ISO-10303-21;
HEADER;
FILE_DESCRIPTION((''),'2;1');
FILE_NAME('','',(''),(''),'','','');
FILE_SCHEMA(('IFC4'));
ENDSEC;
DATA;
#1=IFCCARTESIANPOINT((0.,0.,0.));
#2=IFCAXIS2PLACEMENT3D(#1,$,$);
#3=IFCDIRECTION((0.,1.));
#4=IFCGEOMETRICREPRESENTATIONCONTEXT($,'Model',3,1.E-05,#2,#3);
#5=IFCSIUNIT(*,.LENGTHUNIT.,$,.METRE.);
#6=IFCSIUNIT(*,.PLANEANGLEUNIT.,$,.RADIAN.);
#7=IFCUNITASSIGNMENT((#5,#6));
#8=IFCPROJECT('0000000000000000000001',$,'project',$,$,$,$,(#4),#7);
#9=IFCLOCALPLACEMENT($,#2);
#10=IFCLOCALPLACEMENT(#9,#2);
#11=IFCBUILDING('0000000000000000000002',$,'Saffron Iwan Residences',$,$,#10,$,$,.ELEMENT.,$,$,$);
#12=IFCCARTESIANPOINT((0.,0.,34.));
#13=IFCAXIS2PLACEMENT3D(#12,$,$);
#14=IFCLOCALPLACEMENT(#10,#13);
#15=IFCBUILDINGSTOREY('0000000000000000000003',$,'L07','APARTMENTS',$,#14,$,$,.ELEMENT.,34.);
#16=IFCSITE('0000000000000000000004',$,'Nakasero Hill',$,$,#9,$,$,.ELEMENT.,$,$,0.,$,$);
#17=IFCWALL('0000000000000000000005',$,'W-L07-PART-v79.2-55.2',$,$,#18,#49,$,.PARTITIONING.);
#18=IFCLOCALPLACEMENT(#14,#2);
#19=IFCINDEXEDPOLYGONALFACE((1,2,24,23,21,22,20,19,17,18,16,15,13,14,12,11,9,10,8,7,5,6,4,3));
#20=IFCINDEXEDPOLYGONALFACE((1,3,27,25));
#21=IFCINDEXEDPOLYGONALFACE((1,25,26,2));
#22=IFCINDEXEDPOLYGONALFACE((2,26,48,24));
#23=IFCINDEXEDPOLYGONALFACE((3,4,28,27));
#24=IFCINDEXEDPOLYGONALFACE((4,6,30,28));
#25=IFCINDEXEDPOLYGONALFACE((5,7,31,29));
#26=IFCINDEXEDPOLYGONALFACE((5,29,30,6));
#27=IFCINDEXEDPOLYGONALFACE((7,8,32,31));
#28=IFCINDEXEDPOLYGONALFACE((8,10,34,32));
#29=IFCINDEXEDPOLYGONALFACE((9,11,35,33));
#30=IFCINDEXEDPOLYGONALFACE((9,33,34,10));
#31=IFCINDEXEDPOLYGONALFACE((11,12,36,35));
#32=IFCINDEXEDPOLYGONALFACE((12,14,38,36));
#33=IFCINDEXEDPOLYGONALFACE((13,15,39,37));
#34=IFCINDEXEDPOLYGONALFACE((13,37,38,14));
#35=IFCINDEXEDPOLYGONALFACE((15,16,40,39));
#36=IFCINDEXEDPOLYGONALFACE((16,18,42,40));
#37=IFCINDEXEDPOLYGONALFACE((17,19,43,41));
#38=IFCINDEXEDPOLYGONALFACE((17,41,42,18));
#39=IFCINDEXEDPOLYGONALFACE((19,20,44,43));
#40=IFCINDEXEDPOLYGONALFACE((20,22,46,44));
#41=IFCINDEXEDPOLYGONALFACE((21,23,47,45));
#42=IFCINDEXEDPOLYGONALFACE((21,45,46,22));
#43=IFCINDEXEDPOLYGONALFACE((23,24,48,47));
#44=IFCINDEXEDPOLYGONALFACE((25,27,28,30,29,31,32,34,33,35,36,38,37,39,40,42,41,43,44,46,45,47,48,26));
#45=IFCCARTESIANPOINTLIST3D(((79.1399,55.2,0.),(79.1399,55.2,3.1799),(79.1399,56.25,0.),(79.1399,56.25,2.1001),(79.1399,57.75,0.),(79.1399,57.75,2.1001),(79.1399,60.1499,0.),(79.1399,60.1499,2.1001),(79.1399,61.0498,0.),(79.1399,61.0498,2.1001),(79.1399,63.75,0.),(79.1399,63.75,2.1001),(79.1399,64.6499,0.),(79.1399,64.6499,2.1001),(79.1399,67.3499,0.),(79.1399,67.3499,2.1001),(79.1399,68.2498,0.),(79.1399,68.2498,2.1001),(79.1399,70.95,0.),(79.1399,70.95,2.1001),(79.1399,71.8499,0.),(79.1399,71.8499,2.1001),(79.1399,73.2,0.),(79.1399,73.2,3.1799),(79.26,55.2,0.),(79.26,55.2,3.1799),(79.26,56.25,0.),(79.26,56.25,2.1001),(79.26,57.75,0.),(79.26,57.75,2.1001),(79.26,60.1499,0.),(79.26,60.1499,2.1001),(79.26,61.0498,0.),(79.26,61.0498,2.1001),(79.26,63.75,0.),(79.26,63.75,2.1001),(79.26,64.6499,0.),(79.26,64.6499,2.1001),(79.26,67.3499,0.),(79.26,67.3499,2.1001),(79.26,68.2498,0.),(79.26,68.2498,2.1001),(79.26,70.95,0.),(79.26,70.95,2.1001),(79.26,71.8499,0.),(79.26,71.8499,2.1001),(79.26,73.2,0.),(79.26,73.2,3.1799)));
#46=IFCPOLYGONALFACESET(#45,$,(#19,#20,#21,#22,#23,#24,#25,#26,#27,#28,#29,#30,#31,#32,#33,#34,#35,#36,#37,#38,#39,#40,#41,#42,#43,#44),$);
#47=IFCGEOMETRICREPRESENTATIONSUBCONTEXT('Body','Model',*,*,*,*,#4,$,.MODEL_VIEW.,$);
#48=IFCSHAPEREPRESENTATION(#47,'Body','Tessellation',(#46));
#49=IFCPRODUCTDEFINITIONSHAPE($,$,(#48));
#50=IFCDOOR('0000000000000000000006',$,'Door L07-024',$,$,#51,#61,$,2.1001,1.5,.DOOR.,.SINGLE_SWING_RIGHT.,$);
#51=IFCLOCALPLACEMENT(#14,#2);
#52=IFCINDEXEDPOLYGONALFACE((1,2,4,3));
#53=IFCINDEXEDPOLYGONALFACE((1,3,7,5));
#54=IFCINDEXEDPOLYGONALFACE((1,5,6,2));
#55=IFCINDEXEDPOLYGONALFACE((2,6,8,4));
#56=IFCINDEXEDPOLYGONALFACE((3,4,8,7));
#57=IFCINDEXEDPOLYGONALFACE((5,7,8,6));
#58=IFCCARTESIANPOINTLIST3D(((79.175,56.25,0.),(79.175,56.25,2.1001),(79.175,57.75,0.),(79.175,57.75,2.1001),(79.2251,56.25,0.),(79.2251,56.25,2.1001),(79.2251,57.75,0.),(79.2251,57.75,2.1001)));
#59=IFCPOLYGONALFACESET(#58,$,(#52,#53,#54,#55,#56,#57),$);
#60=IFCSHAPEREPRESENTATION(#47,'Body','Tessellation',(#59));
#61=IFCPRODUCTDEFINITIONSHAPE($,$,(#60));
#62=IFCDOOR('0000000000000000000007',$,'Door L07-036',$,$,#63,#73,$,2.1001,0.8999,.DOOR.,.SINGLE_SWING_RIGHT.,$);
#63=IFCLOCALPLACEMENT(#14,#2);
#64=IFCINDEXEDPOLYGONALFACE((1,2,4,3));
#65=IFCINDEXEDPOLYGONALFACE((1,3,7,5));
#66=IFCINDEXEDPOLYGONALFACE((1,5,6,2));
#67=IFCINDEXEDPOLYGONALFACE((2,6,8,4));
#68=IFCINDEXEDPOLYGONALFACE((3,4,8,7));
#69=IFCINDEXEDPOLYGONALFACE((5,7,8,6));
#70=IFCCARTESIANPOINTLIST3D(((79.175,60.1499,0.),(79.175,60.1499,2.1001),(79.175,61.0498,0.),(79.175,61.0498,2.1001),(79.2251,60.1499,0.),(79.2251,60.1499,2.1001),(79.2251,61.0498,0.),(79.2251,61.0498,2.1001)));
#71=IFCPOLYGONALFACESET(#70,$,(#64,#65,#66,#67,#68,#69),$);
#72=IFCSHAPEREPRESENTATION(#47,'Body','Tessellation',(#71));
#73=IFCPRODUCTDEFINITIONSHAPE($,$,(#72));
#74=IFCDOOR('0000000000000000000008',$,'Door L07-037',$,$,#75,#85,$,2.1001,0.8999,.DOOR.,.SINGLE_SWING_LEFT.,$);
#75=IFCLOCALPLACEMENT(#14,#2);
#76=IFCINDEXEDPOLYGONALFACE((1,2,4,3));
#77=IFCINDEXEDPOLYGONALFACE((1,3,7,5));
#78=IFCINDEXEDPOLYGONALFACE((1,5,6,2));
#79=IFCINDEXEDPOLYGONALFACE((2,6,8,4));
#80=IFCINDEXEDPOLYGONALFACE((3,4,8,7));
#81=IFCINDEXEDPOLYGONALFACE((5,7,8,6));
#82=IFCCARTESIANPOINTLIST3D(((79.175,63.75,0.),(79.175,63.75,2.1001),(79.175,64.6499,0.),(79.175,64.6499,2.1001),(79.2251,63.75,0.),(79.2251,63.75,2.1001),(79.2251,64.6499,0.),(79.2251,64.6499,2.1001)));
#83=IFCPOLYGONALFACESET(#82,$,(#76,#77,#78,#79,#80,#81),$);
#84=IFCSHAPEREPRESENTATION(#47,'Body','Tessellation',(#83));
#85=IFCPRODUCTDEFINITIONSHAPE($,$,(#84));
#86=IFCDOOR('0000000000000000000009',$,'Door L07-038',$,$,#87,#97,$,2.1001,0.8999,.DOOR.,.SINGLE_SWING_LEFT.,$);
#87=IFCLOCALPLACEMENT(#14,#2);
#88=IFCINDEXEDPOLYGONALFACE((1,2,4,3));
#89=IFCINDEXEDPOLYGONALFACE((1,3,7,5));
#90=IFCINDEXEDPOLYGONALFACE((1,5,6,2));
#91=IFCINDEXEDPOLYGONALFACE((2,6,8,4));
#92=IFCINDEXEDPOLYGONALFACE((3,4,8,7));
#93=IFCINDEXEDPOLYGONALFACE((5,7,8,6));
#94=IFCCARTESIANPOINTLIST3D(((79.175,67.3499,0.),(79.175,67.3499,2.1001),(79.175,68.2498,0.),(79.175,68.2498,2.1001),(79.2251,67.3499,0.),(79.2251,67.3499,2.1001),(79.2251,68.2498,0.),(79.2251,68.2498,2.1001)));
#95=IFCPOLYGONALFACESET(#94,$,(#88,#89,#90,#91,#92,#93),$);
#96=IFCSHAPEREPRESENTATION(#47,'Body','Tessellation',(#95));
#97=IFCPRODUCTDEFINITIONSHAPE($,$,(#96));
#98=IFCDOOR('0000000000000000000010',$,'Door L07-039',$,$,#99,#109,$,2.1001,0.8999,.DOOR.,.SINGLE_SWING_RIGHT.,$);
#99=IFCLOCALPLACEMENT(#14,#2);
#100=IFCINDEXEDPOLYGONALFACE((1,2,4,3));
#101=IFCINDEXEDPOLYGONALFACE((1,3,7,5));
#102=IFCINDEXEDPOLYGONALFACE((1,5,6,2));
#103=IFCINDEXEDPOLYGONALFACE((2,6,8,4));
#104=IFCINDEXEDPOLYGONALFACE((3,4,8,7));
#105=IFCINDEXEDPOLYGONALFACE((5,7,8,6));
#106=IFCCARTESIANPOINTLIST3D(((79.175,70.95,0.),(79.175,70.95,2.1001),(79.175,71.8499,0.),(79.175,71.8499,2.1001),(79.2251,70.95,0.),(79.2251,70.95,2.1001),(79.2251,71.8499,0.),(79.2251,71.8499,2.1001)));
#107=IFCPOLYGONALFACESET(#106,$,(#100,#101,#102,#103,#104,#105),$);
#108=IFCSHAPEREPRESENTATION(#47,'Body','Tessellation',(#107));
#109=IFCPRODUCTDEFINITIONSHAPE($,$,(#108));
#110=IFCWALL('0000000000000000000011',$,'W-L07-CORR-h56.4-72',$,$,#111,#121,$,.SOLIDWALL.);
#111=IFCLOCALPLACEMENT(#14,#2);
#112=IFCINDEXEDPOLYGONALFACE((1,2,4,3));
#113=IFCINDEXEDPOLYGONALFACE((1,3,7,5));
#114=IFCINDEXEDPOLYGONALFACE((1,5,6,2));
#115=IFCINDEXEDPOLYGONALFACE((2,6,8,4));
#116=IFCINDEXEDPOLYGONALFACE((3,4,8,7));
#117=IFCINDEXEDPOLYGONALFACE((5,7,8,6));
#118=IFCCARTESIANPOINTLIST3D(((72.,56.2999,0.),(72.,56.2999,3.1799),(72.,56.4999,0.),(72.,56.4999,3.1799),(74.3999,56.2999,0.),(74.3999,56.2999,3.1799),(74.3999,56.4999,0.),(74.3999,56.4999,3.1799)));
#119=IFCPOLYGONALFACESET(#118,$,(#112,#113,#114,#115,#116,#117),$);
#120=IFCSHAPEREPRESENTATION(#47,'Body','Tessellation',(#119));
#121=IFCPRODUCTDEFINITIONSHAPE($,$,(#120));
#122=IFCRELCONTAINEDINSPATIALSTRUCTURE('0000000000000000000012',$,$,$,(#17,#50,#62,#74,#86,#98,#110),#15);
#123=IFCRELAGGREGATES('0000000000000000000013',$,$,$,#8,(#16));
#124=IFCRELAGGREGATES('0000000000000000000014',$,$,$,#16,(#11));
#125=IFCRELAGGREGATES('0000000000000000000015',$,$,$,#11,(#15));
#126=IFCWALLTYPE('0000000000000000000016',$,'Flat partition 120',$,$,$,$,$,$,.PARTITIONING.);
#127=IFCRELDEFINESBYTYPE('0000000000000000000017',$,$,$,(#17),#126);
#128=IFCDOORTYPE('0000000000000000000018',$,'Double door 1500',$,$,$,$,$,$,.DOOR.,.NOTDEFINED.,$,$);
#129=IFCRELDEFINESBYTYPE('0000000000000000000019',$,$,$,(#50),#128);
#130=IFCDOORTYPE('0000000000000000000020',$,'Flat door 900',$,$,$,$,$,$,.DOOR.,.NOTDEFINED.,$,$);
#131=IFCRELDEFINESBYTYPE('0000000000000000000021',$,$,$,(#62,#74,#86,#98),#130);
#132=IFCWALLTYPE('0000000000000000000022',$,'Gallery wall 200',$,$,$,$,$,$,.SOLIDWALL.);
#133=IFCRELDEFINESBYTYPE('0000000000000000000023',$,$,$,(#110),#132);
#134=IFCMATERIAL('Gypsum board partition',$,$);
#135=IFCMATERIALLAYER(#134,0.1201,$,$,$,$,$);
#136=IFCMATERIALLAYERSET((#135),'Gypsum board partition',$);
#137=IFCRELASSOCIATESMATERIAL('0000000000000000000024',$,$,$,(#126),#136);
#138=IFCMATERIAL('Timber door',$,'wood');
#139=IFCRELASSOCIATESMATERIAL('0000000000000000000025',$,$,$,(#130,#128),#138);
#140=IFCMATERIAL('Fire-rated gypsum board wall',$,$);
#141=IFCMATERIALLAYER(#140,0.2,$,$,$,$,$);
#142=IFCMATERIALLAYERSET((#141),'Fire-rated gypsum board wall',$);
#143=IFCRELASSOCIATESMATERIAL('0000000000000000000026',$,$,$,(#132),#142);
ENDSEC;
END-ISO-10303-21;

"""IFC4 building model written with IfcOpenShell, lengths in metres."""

from ifc_helpers import new_model, si_unit, direction, frame, frame_2d, origin, place, context, subcontext, project, spatial, rectangle, extrude, material, layer, layer_set, type_object, element, fill, save


model = new_model("IFC4")

# Units and contexts
model_context = context("Model", 3, precision=1e-05, world=origin(), true_north=direction((0.0, 1.0)))
body_context = subcontext(model_context, "Body", "Model", "MODEL_VIEW")
ifc_project = project(units=[si_unit("LENGTHUNIT", "METRE"), si_unit("PLANEANGLEUNIT", "RADIAN")], contexts=[model_context])

# Site, building, storey
site_placement = place(None, origin())
site = spatial("IfcSite", under=ifc_project, at=site_placement, Name="Nakasero Hill", CompositionType="ELEMENT", RefElevation=0.0)
building_placement = place(site_placement, origin())
building = spatial("IfcBuilding", under=site, at=building_placement, Name="Saffron Iwan Residences", CompositionType="ELEMENT")
storey_placement = place(building_placement, frame((0.0, 0.0, 34.0)))
storey = spatial("IfcBuildingStorey", under=building, at=storey_placement, Name="L07", Description="APARTMENTS", CompositionType="ELEMENT", Elevation=34.0)

# Shared definitions
ifc_material_1 = material(Name="Fire-rated gypsum board wall")
ifc_material_2 = material(Name="Gypsum board partition")
ifc_layer_1 = layer(ifc_material_2, 0.1201)
ifc_layer_set_1 = layer_set([ifc_layer_1], Name="Gypsum board partition")
wall_type_1 = type_object("IfcWallType", Name="Flat partition 120", PredefinedType="PARTITIONING", material=ifc_layer_set_1)

# Wall, openings, doors
ifc_material_3 = material(Name="Timber door", Category="wood")
door_type_1 = type_object("IfcDoorType", Name="Flat door 900", OperationType="NOTDEFINED", PredefinedType="DOOR", material=ifc_material_3)
wall_1_placement = place(storey_placement, frame((79.2, 55.2, 0.0), z_axis=(0.0, 0.0, 1.0), x_axis=(0.0, 1.0, 0.0)))
wall_1 = element("IfcWall", 1, at=wall_1_placement, inside=storey, type_object=wall_type_1, Name="W-L07-PART-v79.2-55.2", PredefinedType="PARTITIONING", context=body_context, shape_type="SweptSolid", body=[
    extrude(rectangle(XDim=18.0, YDim=0.1201, at=frame_2d((9.0, 0.0))), origin(), (0.0, 0.0, 1.0), 3.1799),
])
opening_1_placement = place(wall_1_placement, frame((1.05, 0.0, 0.0)))
opening_1 = element("IfcOpeningElement", 2, at=opening_1_placement, cuts=wall_1, PredefinedType="OPENING", context=body_context, shape_type="SweptSolid", body=[
    extrude(rectangle(XDim=1.5, YDim=2.1001, at=frame_2d((0.75, 1.05))), frame((0.0, 0.0701, 0.0), z_axis=(0.0, -1.0, 0.0), x_axis=(1.0, 0.0, 0.0)), (0.0, 0.0, 1.0), 0.1401),
])
opening_2_placement = place(wall_1_placement, frame((4.95, 0.0, 0.0)))
opening_2 = element("IfcOpeningElement", 3, at=opening_2_placement, cuts=wall_1, PredefinedType="OPENING", context=body_context, shape_type="SweptSolid", body=[
    extrude(rectangle(XDim=0.8999, YDim=2.1001, at=frame_2d((0.45, 1.05))), frame((0.0, 0.0701, 0.0), z_axis=(0.0, -1.0, 0.0), x_axis=(1.0, 0.0, 0.0)), (0.0, 0.0, 1.0), 0.1401),
])
opening_3_placement = place(wall_1_placement, frame((8.55, 0.0, 0.0)))
opening_3 = element("IfcOpeningElement", 4, at=opening_3_placement, cuts=wall_1, PredefinedType="OPENING", context=body_context, shape_type="SweptSolid", body=[
    extrude(rectangle(XDim=0.8999, YDim=2.1001, at=frame_2d((0.45, 1.05))), frame((0.0, 0.0701, 0.0), z_axis=(0.0, -1.0, 0.0), x_axis=(1.0, 0.0, 0.0)), (0.0, 0.0, 1.0), 0.1401),
])
opening_4_placement = place(wall_1_placement, frame((12.1499, 0.0, 0.0)))
opening_4 = element("IfcOpeningElement", 5, at=opening_4_placement, cuts=wall_1, PredefinedType="OPENING", context=body_context, shape_type="SweptSolid", body=[
    extrude(rectangle(XDim=0.8999, YDim=2.1001, at=frame_2d((0.45, 1.05))), frame((0.0, 0.0701, 0.0), z_axis=(0.0, -1.0, 0.0), x_axis=(1.0, 0.0, 0.0)), (0.0, 0.0, 1.0), 0.1401),
])
opening_5_placement = place(wall_1_placement, frame((15.75, 0.0, 0.0)))
opening_5 = element("IfcOpeningElement", 6, at=opening_5_placement, cuts=wall_1, PredefinedType="OPENING", context=body_context, shape_type="SweptSolid", body=[
    extrude(rectangle(XDim=0.8999, YDim=2.1001, at=frame_2d((0.45, 1.05))), frame((0.0, 0.0701, 0.0), z_axis=(0.0, -1.0, 0.0), x_axis=(1.0, 0.0, 0.0)), (0.0, 0.0, 1.0), 0.1401),
])
door_type_2 = type_object("IfcDoorType", Name="Double door 1500", OperationType="NOTDEFINED", PredefinedType="DOOR", material=ifc_material_3)
door_1_placement = place(opening_1_placement, origin())
door_1 = element("IfcDoor", 7, at=door_1_placement, inside=storey, type_object=door_type_2, Name="Door L07-024", OperationType="SINGLE_SWING_RIGHT", OverallHeight=2.1001, OverallWidth=1.5, PredefinedType="DOOR", context=body_context, shape_type="SweptSolid", body=[
    extrude(rectangle(XDim=1.5, YDim=2.1001, at=frame_2d((0.75, 1.05))), frame((0.0, 0.0249, 0.0), z_axis=(0.0, -1.0, 0.0), x_axis=(1.0, 0.0, 0.0)), (0.0, 0.0, 1.0), 0.05),
])
fill(opening_1, door_1)
door_2_placement = place(opening_2_placement, origin())
door_2 = element("IfcDoor", 8, at=door_2_placement, inside=storey, type_object=door_type_1, Name="Door L07-036", OperationType="SINGLE_SWING_RIGHT", OverallHeight=2.1001, OverallWidth=0.8999, PredefinedType="DOOR", context=body_context, shape_type="SweptSolid", body=[
    extrude(rectangle(XDim=0.8999, YDim=2.1001, at=frame_2d((0.45, 1.05))), frame((0.0, 0.0249, 0.0), z_axis=(0.0, -1.0, 0.0), x_axis=(1.0, 0.0, 0.0)), (0.0, 0.0, 1.0), 0.05),
])
fill(opening_2, door_2)
door_3_placement = place(opening_3_placement, origin())
door_3 = element("IfcDoor", 9, at=door_3_placement, inside=storey, type_object=door_type_1, Name="Door L07-037", OperationType="SINGLE_SWING_LEFT", OverallHeight=2.1001, OverallWidth=0.8999, PredefinedType="DOOR", context=body_context, shape_type="SweptSolid", body=[
    extrude(rectangle(XDim=0.8999, YDim=2.1001, at=frame_2d((0.45, 1.05))), frame((0.0, 0.0249, 0.0), z_axis=(0.0, -1.0, 0.0), x_axis=(1.0, 0.0, 0.0)), (0.0, 0.0, 1.0), 0.05),
])
fill(opening_3, door_3)
door_4_placement = place(opening_4_placement, origin())
door_4 = element("IfcDoor", 10, at=door_4_placement, inside=storey, type_object=door_type_1, Name="Door L07-038", OperationType="SINGLE_SWING_LEFT", OverallHeight=2.1001, OverallWidth=0.8999, PredefinedType="DOOR", context=body_context, shape_type="SweptSolid", body=[
    extrude(rectangle(XDim=0.8999, YDim=2.1001, at=frame_2d((0.45, 1.05))), frame((0.0, 0.0249, 0.0), z_axis=(0.0, -1.0, 0.0), x_axis=(1.0, 0.0, 0.0)), (0.0, 0.0, 1.0), 0.05),
])
fill(opening_4, door_4)
door_5_placement = place(opening_5_placement, origin())
door_5 = element("IfcDoor", 11, at=door_5_placement, inside=storey, type_object=door_type_1, Name="Door L07-039", OperationType="SINGLE_SWING_RIGHT", OverallHeight=2.1001, OverallWidth=0.8999, PredefinedType="DOOR", context=body_context, shape_type="SweptSolid", body=[
    extrude(rectangle(XDim=0.8999, YDim=2.1001, at=frame_2d((0.45, 1.05))), frame((0.0, 0.0249, 0.0), z_axis=(0.0, -1.0, 0.0), x_axis=(1.0, 0.0, 0.0)), (0.0, 0.0, 1.0), 0.05),
])
fill(opening_5, door_5)

# Wall
ifc_layer_2 = layer(ifc_material_1, 0.2)
ifc_layer_set_2 = layer_set([ifc_layer_2], Name="Fire-rated gypsum board wall")
wall_type_2 = type_object("IfcWallType", Name="Gallery wall 200", PredefinedType="SOLIDWALL", material=ifc_layer_set_2)
wall_2_placement = place(storey_placement, frame((72.0, 56.3999, 0.0), z_axis=(0.0, 0.0, 1.0), x_axis=(1.0, 0.0, 0.0)))
element("IfcWall", 12, at=wall_2_placement, inside=storey, type_object=wall_type_2, Name="W-L07-CORR-h56.4-72", PredefinedType="SOLIDWALL", context=body_context, shape_type="SweptSolid", body=[
    extrude(rectangle(XDim=2.3999, YDim=0.2, at=frame_2d((1.2, 0.0))), origin(), (0.0, 0.0, 1.0), 3.1799),
])

save(model, "model.ifc")
